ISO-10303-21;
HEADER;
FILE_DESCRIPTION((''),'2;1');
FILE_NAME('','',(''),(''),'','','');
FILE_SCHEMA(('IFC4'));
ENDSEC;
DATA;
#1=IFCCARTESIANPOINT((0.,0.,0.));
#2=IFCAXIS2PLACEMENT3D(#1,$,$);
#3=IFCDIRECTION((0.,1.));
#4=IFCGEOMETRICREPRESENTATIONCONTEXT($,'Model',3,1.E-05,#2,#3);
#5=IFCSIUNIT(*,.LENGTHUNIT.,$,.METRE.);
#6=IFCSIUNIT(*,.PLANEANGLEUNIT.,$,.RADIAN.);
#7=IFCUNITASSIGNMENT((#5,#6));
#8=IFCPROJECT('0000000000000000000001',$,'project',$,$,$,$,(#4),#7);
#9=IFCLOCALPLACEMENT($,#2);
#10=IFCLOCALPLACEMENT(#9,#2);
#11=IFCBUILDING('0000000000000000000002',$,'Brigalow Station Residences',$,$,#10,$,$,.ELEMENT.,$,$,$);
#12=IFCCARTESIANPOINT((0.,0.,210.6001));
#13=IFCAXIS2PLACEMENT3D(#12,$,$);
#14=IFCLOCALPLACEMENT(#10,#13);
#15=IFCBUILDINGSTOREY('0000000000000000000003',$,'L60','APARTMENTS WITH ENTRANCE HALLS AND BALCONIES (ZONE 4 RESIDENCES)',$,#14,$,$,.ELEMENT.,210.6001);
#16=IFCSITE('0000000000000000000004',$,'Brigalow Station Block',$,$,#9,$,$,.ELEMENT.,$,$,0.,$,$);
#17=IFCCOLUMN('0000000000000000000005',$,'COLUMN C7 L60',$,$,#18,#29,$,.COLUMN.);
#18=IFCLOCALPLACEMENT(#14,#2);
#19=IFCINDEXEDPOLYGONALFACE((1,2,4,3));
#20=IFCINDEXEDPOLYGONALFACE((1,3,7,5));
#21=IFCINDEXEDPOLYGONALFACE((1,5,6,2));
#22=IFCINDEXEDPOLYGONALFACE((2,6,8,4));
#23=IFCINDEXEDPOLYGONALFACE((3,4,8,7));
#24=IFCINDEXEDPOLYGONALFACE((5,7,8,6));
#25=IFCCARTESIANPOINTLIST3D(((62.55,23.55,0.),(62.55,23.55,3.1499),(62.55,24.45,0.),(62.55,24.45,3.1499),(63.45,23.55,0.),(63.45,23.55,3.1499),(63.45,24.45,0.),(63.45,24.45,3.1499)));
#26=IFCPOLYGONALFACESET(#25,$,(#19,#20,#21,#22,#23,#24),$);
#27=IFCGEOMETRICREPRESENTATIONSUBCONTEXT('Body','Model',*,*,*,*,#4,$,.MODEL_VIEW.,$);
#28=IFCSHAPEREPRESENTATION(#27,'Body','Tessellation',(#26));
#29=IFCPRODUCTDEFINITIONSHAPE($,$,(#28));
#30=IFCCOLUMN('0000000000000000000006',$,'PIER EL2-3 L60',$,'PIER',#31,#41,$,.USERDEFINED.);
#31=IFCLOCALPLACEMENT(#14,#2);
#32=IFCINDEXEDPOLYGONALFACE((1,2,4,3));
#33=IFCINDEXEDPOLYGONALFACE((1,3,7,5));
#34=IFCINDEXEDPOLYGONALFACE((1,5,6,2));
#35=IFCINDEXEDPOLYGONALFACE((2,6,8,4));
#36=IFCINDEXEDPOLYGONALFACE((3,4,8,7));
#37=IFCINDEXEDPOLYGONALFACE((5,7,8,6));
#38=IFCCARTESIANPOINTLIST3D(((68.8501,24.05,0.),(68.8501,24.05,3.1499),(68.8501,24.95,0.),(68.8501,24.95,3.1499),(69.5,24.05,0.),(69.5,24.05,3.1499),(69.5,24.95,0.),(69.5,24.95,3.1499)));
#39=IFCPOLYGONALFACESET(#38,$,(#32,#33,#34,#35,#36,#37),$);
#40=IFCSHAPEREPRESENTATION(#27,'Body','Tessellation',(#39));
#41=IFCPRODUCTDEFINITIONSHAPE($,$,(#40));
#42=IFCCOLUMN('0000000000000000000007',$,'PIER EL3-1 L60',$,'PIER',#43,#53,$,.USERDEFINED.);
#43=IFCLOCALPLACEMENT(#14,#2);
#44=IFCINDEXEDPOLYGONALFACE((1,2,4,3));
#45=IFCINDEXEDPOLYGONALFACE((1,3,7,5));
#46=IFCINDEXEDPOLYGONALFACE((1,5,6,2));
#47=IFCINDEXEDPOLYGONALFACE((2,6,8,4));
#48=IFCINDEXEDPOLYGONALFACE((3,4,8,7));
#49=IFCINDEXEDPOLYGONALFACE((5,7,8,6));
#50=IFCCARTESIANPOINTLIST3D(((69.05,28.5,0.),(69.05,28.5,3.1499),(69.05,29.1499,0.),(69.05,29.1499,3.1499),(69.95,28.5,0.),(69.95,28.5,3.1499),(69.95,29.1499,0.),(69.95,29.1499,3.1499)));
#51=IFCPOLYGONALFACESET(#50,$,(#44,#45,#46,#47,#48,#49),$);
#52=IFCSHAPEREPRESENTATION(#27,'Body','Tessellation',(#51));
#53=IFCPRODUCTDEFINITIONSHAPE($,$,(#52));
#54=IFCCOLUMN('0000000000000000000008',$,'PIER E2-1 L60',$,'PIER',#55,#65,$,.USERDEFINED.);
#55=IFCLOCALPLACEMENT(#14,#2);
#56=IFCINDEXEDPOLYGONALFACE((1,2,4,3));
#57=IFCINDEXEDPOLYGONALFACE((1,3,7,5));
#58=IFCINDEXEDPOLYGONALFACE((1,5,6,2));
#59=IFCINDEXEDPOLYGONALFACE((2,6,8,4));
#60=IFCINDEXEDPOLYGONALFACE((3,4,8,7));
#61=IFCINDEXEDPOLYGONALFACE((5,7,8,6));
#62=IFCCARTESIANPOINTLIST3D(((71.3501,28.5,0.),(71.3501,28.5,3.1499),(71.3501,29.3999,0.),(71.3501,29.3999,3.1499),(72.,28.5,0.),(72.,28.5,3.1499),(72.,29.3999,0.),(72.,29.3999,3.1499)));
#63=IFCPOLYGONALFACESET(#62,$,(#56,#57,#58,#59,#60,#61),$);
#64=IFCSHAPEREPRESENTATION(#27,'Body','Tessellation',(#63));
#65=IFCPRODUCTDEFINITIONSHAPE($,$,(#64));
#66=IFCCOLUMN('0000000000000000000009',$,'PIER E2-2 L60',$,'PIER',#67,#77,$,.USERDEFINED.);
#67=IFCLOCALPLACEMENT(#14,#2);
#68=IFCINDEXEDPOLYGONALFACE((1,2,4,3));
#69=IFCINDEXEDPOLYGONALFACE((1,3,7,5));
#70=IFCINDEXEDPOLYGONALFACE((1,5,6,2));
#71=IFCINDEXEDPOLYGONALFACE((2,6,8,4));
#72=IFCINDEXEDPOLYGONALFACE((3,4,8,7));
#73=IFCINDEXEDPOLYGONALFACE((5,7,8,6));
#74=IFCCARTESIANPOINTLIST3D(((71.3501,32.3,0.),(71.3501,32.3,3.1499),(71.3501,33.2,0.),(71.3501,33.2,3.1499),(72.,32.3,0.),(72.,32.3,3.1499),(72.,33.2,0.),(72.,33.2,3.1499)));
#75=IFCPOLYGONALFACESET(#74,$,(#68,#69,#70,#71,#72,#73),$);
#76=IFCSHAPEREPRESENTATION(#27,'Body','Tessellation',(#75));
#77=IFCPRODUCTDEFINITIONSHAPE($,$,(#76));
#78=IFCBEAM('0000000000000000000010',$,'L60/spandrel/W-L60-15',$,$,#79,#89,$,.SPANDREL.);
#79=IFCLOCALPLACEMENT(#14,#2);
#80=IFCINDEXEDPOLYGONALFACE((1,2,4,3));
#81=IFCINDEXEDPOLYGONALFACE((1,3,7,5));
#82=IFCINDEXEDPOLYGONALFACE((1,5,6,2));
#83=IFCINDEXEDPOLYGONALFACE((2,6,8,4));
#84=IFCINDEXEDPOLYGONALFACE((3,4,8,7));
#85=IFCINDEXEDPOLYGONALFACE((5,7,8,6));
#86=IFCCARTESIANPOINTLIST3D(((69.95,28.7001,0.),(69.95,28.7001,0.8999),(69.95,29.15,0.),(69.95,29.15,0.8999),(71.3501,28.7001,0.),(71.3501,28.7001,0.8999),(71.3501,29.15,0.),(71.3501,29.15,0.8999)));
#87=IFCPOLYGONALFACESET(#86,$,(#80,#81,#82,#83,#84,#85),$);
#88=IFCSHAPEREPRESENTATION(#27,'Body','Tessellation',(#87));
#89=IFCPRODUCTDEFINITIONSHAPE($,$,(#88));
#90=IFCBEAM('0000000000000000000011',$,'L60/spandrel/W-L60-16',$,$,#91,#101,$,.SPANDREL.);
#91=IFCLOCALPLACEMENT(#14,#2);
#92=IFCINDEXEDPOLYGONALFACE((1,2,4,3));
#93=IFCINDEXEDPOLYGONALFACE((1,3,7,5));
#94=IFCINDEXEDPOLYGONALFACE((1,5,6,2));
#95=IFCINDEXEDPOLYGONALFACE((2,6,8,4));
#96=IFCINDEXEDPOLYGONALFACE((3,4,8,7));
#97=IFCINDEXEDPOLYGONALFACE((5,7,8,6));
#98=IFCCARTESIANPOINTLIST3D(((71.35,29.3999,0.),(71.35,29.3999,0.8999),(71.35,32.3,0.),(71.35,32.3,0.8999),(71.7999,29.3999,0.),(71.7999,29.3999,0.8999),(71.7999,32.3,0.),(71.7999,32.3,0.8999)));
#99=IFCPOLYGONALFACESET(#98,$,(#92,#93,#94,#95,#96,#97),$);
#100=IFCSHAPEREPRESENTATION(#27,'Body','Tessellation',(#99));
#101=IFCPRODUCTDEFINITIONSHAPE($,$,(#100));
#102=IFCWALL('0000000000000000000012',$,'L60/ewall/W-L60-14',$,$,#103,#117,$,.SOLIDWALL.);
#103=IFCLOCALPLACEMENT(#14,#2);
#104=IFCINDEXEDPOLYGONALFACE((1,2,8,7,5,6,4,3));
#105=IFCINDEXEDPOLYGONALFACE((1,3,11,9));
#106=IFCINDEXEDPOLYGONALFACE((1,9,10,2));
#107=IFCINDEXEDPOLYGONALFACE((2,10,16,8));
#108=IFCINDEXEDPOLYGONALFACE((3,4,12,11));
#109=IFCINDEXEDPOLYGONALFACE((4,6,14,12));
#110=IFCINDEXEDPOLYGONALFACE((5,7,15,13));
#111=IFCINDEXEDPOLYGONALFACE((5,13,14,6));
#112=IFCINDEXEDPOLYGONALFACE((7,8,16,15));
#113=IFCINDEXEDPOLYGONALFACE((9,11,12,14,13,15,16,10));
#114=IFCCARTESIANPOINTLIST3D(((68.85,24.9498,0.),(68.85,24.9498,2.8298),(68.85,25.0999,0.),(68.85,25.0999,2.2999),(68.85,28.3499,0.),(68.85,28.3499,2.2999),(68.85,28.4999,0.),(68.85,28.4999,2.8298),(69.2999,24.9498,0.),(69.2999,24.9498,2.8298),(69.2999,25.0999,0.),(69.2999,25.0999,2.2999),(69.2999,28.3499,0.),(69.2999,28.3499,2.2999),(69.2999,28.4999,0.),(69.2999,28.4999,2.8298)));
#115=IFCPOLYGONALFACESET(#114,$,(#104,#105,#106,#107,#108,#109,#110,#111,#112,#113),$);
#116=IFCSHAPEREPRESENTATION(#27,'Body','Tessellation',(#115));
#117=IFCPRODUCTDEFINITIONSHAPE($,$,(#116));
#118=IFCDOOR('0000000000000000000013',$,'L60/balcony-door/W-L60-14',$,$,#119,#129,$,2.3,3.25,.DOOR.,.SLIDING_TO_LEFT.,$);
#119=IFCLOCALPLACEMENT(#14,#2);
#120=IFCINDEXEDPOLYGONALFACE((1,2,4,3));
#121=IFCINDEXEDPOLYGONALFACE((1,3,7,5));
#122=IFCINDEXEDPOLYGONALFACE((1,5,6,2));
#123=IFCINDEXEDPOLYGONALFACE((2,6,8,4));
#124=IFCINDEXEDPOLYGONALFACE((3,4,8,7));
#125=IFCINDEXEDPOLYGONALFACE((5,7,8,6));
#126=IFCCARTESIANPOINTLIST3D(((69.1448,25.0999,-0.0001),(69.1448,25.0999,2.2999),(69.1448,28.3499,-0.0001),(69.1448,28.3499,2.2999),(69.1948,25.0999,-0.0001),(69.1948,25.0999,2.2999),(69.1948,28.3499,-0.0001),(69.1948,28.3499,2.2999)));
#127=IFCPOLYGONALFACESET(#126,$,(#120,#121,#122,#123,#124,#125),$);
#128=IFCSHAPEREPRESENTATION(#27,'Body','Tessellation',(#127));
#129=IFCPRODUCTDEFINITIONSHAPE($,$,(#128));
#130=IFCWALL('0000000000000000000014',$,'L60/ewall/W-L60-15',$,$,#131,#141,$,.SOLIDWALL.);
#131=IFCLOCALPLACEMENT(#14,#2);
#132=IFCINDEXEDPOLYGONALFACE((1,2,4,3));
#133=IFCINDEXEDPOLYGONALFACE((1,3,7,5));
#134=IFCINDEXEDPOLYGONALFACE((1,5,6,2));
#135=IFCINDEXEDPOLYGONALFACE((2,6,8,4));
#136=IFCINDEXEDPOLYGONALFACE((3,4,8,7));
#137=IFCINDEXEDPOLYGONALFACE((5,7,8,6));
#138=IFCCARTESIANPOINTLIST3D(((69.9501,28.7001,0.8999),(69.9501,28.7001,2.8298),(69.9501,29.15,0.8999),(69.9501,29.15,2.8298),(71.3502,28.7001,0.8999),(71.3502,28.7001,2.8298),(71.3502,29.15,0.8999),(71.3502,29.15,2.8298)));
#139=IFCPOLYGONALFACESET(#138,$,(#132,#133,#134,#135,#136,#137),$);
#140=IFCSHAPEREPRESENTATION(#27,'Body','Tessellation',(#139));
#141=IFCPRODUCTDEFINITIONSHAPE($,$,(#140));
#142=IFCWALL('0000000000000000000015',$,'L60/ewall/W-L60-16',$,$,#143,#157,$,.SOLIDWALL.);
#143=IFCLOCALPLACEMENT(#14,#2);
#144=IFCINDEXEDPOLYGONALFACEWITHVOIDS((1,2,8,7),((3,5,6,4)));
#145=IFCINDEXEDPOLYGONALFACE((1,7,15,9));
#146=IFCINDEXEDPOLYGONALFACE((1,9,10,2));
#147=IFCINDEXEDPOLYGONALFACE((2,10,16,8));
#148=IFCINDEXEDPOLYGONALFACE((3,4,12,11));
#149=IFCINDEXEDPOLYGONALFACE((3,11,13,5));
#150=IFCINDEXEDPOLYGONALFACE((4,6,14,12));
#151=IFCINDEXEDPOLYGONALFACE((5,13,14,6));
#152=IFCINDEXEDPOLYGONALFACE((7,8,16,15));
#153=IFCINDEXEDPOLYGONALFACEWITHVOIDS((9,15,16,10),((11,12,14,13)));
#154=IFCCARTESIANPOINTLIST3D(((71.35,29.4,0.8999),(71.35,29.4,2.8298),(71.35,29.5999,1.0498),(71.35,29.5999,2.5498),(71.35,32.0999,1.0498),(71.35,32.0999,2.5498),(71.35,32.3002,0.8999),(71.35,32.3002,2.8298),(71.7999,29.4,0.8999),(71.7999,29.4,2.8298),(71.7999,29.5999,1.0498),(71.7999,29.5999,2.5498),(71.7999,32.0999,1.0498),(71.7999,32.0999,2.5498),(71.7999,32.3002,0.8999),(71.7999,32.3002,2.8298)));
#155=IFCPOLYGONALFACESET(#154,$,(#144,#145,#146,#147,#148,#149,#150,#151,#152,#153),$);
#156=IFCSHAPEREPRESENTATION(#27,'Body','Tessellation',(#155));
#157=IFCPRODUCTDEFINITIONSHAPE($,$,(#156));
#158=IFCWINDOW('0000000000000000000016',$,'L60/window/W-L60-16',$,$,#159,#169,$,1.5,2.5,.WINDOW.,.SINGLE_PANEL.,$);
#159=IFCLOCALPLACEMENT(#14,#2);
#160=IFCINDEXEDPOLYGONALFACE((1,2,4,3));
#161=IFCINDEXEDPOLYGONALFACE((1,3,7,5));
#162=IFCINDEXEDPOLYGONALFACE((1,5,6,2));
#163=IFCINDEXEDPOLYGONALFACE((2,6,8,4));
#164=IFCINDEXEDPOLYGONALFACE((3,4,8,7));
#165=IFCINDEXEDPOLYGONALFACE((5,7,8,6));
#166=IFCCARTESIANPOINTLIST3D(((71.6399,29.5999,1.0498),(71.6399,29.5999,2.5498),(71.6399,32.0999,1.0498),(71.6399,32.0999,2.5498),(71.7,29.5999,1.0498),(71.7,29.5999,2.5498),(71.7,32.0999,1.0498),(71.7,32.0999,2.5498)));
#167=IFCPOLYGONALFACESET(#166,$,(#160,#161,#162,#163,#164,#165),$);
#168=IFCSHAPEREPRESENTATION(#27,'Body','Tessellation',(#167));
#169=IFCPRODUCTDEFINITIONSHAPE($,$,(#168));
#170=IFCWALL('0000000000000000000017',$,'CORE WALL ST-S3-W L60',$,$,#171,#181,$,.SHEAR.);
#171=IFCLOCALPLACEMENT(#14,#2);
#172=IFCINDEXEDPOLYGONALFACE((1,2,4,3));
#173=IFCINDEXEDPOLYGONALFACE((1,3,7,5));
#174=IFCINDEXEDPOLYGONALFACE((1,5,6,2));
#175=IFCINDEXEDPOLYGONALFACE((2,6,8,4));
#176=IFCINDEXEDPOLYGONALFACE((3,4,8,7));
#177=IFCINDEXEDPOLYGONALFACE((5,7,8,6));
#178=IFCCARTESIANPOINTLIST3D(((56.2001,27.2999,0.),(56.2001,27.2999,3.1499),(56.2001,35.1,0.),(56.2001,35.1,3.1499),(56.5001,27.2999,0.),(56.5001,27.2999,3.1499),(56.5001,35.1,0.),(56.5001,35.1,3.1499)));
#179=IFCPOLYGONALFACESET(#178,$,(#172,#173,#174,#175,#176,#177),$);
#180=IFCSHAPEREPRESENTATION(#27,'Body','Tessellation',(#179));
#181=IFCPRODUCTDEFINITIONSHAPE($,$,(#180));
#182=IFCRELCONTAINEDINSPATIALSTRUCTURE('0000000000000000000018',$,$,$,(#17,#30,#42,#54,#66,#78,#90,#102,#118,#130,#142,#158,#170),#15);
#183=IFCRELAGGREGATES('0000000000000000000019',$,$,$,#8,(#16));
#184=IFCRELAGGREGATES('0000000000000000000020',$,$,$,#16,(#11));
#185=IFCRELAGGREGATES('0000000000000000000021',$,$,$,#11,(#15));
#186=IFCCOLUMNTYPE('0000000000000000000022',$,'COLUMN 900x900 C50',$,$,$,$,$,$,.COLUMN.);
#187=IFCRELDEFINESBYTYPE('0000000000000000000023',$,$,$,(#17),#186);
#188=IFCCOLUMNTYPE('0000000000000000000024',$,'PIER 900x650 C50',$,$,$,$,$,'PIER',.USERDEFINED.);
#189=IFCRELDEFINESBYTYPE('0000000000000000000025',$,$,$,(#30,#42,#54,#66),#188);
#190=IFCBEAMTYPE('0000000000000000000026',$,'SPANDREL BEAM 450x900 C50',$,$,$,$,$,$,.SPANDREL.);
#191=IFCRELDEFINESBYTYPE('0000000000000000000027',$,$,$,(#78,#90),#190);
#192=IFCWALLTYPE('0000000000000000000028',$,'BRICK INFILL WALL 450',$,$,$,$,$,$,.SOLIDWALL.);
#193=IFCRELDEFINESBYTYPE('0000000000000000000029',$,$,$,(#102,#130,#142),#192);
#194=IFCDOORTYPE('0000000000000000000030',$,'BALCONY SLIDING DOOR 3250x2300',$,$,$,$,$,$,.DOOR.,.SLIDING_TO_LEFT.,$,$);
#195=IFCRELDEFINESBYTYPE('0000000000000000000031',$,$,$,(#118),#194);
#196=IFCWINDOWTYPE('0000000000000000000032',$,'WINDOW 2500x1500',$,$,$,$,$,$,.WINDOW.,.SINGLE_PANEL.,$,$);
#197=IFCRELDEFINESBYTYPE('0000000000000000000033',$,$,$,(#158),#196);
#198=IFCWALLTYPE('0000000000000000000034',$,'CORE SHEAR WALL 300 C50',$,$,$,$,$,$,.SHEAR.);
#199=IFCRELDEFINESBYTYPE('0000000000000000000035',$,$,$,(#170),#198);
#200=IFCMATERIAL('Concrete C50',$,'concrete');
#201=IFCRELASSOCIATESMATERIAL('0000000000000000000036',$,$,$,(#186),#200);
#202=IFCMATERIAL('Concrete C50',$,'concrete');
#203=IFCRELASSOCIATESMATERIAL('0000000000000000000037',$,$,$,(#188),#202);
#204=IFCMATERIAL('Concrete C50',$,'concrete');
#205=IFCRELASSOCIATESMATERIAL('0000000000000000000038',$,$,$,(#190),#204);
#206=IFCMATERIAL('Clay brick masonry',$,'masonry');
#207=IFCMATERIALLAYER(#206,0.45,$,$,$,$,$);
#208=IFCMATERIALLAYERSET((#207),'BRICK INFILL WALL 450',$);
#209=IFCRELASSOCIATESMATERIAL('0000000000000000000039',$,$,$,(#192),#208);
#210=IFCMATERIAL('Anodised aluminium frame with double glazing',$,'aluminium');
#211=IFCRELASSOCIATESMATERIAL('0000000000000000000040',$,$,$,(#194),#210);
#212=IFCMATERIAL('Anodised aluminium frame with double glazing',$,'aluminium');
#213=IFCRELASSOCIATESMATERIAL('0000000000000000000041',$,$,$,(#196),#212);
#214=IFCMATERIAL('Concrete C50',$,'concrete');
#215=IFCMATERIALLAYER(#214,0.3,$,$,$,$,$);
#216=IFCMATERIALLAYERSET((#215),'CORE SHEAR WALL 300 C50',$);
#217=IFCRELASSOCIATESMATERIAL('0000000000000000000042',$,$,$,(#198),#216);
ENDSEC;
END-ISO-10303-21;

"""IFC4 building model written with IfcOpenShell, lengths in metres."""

from ifc_helpers import new_model, si_unit, direction, frame, frame_2d, origin, origin_2d, place, context, subcontext, project, spatial, rectangle, extrude, material, layer, layer_set, material_profile, profile_set, type_object, element, fill, save


model = new_model("IFC4")

# Units and contexts
model_context = context("Model", 3, precision=1e-05, world=origin(), true_north=direction((0.0, 1.0)))
body_context = subcontext(model_context, "Body", "Model", "MODEL_VIEW")
ifc_project = project(units=[si_unit("LENGTHUNIT", "METRE"), si_unit("PLANEANGLEUNIT", "RADIAN")], contexts=[model_context])

# Site, building, storey
site_placement = place(None, origin())
site = spatial("IfcSite", under=ifc_project, at=site_placement, Name="Brigalow Station Block", CompositionType="ELEMENT", RefElevation=0.0)
building_placement = place(site_placement, origin())
building = spatial("IfcBuilding", under=site, at=building_placement, Name="Brigalow Station Residences", CompositionType="ELEMENT")
storey_placement = place(building_placement, frame((0.0, 0.0, 210.6001)))
storey = spatial("IfcBuildingStorey", under=building, at=storey_placement, Name="L60", Description="APARTMENTS WITH ENTRANCE HALLS AND BALCONIES (ZONE 4 RESIDENCES)", CompositionType="ELEMENT", Elevation=210.6001)

# Columns
ifc_material_1 = material(Name="Concrete C50", Category="concrete")
ifc_material_profile_1 = material_profile(ifc_material_1, rectangle(XDim=0.8999, YDim=0.8999, at=origin_2d()), Name="RC900x900")
ifc_profile_set_1 = profile_set([ifc_material_profile_1], Name="Concrete C50")
column_type_1 = type_object("IfcColumnType", Name="COLUMN 900x900 C50", PredefinedType="COLUMN", material=ifc_profile_set_1)
column_placement = place(storey_placement, frame((63.0, 24.0, 0.0), z_axis=(0.0, 0.0, 1.0), x_axis=(1.0, 0.0, 0.0)))
element("IfcColumn", 1, at=column_placement, inside=storey, type_object=column_type_1, Name="COLUMN C7 L60", PredefinedType="COLUMN", context=body_context, shape_type="SweptSolid", body=[
    extrude(rectangle(XDim=0.8999, YDim=0.8999, at=origin_2d()), origin(), (0.0, 0.0, 1.0), 3.1499),
])
ifc_material_2 = material(Name="Concrete C50", Category="concrete")
ifc_material_profile_2 = material_profile(ifc_material_2, rectangle(XDim=0.8999, YDim=0.6499, at=origin_2d()), Name="RC900x650")
ifc_profile_set_2 = profile_set([ifc_material_profile_2], Name="Concrete C50")
column_type_2 = type_object("IfcColumnType", Name="PIER 900x650 C50", ElementType="PIER", PredefinedType="USERDEFINED", material=ifc_profile_set_2)
for number, where, z_axis, x_axis, name in (
    (2, (69.175, 24.5, 0.0), (0.0, 0.0, 1.0), (0.0, 1.0, 0.0), "PIER EL2-3 L60"),
    (3, (69.5, 28.825, 0.0), (0.0, 0.0, 1.0), (1.0, 0.0, 0.0), "PIER EL3-1 L60"),
    (4, (71.675, 28.95, 0.0), (0.0, 0.0, 1.0), (0.0, 1.0, 0.0), "PIER E2-1 L60"),
    (5, (71.675, 32.75, 0.0), (0.0, 0.0, 1.0), (0.0, 1.0, 0.0), "PIER E2-2 L60"),
):
    element("IfcColumn", number, at=place(storey_placement, frame(where, z_axis=z_axis, x_axis=x_axis)), inside=storey, type_object=column_type_2, Name=name, ObjectType="PIER", PredefinedType="USERDEFINED", context=body_context, shape_type="SweptSolid", body=[
        extrude(rectangle(XDim=0.8999, YDim=0.6499, at=origin_2d()), origin(), (0.0, 0.0, 1.0), 3.1499),
    ])

# Beams
ifc_material_3 = material(Name="Concrete C50", Category="concrete")
ifc_material_profile_3 = material_profile(ifc_material_3, rectangle(XDim=0.45, YDim=0.8999, at=origin_2d()), Name="RC450x900")
ifc_profile_set_3 = profile_set([ifc_material_profile_3], Name="Concrete C50")
beam_type = type_object("IfcBeamType", Name="SPANDREL BEAM 450x900 C50", PredefinedType="SPANDREL", material=ifc_profile_set_3)
beam_1_placement = place(storey_placement, frame((69.95, 28.925, 0.45), z_axis=(1.0, 0.0, 0.0), x_axis=(0.0, 1.0, 0.0)))
element("IfcBeam", 6, at=beam_1_placement, inside=storey, type_object=beam_type, Name="L60/spandrel/W-L60-15", PredefinedType="SPANDREL", context=body_context, shape_type="SweptSolid", body=[
    extrude(rectangle(XDim=0.45, YDim=0.8999, at=origin_2d()), origin(), (0.0, 0.0, 1.0), 1.4001),
])
beam_2_placement = place(storey_placement, frame((71.575, 29.3999, 0.45), z_axis=(0.0, 1.0, 0.0), x_axis=(-1.0, 0.0, 0.0)))
element("IfcBeam", 7, at=beam_2_placement, inside=storey, type_object=beam_type, Name="L60/spandrel/W-L60-16", PredefinedType="SPANDREL", context=body_context, shape_type="SweptSolid", body=[
    extrude(rectangle(XDim=0.45, YDim=0.8999, at=origin_2d()), origin(), (0.0, 0.0, 1.0), 2.9001),
])

# Wall, opening, door
ifc_material_4 = material(Name="Clay brick masonry", Category="masonry")
ifc_layer_1 = layer(ifc_material_4, 0.45)
ifc_layer_set_1 = layer_set([ifc_layer_1], Name="BRICK INFILL WALL 450")
wall_type_1 = type_object("IfcWallType", Name="BRICK INFILL WALL 450", PredefinedType="SOLIDWALL", material=ifc_layer_set_1)
wall_1_placement = place(storey_placement, frame((69.075, 24.95, 0.0), z_axis=(0.0, 0.0, 1.0), x_axis=(0.0, 1.0, 0.0)))
wall_1 = element("IfcWall", 8, at=wall_1_placement, inside=storey, type_object=wall_type_1, Name="L60/ewall/W-L60-14", PredefinedType="SOLIDWALL", context=body_context, shape_type="SweptSolid", body=[
    extrude(rectangle(XDim=3.55, YDim=0.45, at=frame_2d((1.7749, 0.0))), origin(), (0.0, 0.0, 1.0), 2.8298),
])
opening_1_placement = place(wall_1_placement, frame((0.1499, 0.0, 0.0)))
opening_1 = element("IfcOpeningElement", 9, at=opening_1_placement, cuts=wall_1, PredefinedType="OPENING", context=body_context, shape_type="SweptSolid", body=[
    extrude(rectangle(XDim=3.25, YDim=2.3, at=frame_2d((1.625, 1.1499))), frame((0.0, 0.2349, 0.0), z_axis=(0.0, -1.0, 0.0), x_axis=(1.0, 0.0, 0.0)), (0.0, 0.0, 1.0), 0.47),
])
ifc_material_5 = material(Name="Anodised aluminium frame with double glazing", Category="aluminium")
door_type_1 = type_object("IfcDoorType", Name="BALCONY SLIDING DOOR 3250x2300", OperationType="SLIDING_TO_LEFT", PredefinedType="DOOR", material=ifc_material_5)
door_1_placement = place(opening_1_placement, origin())
door_1 = element("IfcDoor", 10, at=door_1_placement, inside=storey, type_object=door_type_1, Name="L60/balcony-door/W-L60-14", OperationType="SLIDING_TO_LEFT", OverallHeight=2.3, OverallWidth=3.25, PredefinedType="DOOR", context=body_context, shape_type="SweptSolid", body=[
    extrude(rectangle(XDim=3.25, YDim=2.3, at=frame_2d((1.625, 1.1499))), frame((0.0, -0.0698, 0.0), z_axis=(0.0, -1.0, 0.0), x_axis=(1.0, 0.0, 0.0)), (0.0, 0.0, 1.0), 0.05),
])
fill(opening_1, door_1)

# Wall
wall_2_placement = place(storey_placement, frame((69.95, 28.925, 0.8999), z_axis=(0.0, 0.0, 1.0), x_axis=(1.0, 0.0, 0.0)))
element("IfcWall", 11, at=wall_2_placement, inside=storey, type_object=wall_type_1, Name="L60/ewall/W-L60-15", PredefinedType="SOLIDWALL", context=body_context, shape_type="SweptSolid", body=[
    extrude(rectangle(XDim=1.4001, YDim=0.45, at=frame_2d((0.7002, 0.0))), origin(), (0.0, 0.0, 1.0), 1.9299),
])

# Wall, opening, window
wall_3_placement = place(storey_placement, frame((71.575, 29.3999, 0.8999), z_axis=(0.0, 0.0, 1.0), x_axis=(0.0, 1.0, 0.0)))
wall_3 = element("IfcWall", 12, at=wall_3_placement, inside=storey, type_object=wall_type_1, Name="L60/ewall/W-L60-16", PredefinedType="SOLIDWALL", context=body_context, shape_type="SweptSolid", body=[
    extrude(rectangle(XDim=2.9001, YDim=0.45, at=frame_2d((1.4502, 0.0))), origin(), (0.0, 0.0, 1.0), 1.9299),
])
opening_2_placement = place(wall_3_placement, frame((0.2, 0.0, 0.1499)))
opening_2 = element("IfcOpeningElement", 13, at=opening_2_placement, cuts=wall_3, PredefinedType="OPENING", context=body_context, shape_type="SweptSolid", body=[
    extrude(rectangle(XDim=2.5, YDim=1.5, at=frame_2d((1.25, 0.75))), frame((0.0, 0.2349, 0.0), z_axis=(0.0, -1.0, 0.0), x_axis=(1.0, 0.0, 0.0)), (0.0, 0.0, 1.0), 0.47),
])
ifc_material_6 = material(Name="Anodised aluminium frame with double glazing", Category="aluminium")
window_type = type_object("IfcWindowType", Name="WINDOW 2500x1500", PartitioningType="SINGLE_PANEL", PredefinedType="WINDOW", material=ifc_material_6)
window_placement = place(opening_2_placement, origin())
window = element("IfcWindow", 14, at=window_placement, inside=storey, type_object=window_type, Name="L60/window/W-L60-16", OverallHeight=1.5, OverallWidth=2.5, PartitioningType="SINGLE_PANEL", PredefinedType="WINDOW", context=body_context, shape_type="SweptSolid", body=[
    extrude(rectangle(XDim=2.5, YDim=1.5, at=frame_2d((1.25, 0.75))), frame((0.0, -0.0649, 0.0), z_axis=(0.0, -1.0, 0.0), x_axis=(1.0, 0.0, 0.0)), (0.0, 0.0, 1.0), 0.0601),
])
fill(opening_2, window)

# Wall
ifc_material_7 = material(Name="Concrete C50", Category="concrete")
ifc_layer_2 = layer(ifc_material_7, 0.3)
ifc_layer_set_2 = layer_set([ifc_layer_2], Name="CORE SHEAR WALL 300 C50")
wall_type_2 = type_object("IfcWallType", Name="CORE SHEAR WALL 300 C50", PredefinedType="SHEAR", material=ifc_layer_set_2)
for number, where, z_axis, x_axis, name in (
    (15, (56.3501, 27.3, 0.0), (0.0, 0.0, 1.0), (0.0, 1.0, 0.0), "CORE WALL ST-S3-W L60"),
):
    element("IfcWall", number, at=place(storey_placement, frame(where, z_axis=z_axis, x_axis=x_axis)), inside=storey, type_object=wall_type_2, Name=name, PredefinedType="SHEAR", context=body_context, shape_type="SweptSolid", body=[
        extrude(rectangle(XDim=7.8, YDim=0.3, at=frame_2d((3.8999, 0.0))), origin(), (0.0, 0.0, 1.0), 3.1499),
    ])

save(model, "model.ifc")
